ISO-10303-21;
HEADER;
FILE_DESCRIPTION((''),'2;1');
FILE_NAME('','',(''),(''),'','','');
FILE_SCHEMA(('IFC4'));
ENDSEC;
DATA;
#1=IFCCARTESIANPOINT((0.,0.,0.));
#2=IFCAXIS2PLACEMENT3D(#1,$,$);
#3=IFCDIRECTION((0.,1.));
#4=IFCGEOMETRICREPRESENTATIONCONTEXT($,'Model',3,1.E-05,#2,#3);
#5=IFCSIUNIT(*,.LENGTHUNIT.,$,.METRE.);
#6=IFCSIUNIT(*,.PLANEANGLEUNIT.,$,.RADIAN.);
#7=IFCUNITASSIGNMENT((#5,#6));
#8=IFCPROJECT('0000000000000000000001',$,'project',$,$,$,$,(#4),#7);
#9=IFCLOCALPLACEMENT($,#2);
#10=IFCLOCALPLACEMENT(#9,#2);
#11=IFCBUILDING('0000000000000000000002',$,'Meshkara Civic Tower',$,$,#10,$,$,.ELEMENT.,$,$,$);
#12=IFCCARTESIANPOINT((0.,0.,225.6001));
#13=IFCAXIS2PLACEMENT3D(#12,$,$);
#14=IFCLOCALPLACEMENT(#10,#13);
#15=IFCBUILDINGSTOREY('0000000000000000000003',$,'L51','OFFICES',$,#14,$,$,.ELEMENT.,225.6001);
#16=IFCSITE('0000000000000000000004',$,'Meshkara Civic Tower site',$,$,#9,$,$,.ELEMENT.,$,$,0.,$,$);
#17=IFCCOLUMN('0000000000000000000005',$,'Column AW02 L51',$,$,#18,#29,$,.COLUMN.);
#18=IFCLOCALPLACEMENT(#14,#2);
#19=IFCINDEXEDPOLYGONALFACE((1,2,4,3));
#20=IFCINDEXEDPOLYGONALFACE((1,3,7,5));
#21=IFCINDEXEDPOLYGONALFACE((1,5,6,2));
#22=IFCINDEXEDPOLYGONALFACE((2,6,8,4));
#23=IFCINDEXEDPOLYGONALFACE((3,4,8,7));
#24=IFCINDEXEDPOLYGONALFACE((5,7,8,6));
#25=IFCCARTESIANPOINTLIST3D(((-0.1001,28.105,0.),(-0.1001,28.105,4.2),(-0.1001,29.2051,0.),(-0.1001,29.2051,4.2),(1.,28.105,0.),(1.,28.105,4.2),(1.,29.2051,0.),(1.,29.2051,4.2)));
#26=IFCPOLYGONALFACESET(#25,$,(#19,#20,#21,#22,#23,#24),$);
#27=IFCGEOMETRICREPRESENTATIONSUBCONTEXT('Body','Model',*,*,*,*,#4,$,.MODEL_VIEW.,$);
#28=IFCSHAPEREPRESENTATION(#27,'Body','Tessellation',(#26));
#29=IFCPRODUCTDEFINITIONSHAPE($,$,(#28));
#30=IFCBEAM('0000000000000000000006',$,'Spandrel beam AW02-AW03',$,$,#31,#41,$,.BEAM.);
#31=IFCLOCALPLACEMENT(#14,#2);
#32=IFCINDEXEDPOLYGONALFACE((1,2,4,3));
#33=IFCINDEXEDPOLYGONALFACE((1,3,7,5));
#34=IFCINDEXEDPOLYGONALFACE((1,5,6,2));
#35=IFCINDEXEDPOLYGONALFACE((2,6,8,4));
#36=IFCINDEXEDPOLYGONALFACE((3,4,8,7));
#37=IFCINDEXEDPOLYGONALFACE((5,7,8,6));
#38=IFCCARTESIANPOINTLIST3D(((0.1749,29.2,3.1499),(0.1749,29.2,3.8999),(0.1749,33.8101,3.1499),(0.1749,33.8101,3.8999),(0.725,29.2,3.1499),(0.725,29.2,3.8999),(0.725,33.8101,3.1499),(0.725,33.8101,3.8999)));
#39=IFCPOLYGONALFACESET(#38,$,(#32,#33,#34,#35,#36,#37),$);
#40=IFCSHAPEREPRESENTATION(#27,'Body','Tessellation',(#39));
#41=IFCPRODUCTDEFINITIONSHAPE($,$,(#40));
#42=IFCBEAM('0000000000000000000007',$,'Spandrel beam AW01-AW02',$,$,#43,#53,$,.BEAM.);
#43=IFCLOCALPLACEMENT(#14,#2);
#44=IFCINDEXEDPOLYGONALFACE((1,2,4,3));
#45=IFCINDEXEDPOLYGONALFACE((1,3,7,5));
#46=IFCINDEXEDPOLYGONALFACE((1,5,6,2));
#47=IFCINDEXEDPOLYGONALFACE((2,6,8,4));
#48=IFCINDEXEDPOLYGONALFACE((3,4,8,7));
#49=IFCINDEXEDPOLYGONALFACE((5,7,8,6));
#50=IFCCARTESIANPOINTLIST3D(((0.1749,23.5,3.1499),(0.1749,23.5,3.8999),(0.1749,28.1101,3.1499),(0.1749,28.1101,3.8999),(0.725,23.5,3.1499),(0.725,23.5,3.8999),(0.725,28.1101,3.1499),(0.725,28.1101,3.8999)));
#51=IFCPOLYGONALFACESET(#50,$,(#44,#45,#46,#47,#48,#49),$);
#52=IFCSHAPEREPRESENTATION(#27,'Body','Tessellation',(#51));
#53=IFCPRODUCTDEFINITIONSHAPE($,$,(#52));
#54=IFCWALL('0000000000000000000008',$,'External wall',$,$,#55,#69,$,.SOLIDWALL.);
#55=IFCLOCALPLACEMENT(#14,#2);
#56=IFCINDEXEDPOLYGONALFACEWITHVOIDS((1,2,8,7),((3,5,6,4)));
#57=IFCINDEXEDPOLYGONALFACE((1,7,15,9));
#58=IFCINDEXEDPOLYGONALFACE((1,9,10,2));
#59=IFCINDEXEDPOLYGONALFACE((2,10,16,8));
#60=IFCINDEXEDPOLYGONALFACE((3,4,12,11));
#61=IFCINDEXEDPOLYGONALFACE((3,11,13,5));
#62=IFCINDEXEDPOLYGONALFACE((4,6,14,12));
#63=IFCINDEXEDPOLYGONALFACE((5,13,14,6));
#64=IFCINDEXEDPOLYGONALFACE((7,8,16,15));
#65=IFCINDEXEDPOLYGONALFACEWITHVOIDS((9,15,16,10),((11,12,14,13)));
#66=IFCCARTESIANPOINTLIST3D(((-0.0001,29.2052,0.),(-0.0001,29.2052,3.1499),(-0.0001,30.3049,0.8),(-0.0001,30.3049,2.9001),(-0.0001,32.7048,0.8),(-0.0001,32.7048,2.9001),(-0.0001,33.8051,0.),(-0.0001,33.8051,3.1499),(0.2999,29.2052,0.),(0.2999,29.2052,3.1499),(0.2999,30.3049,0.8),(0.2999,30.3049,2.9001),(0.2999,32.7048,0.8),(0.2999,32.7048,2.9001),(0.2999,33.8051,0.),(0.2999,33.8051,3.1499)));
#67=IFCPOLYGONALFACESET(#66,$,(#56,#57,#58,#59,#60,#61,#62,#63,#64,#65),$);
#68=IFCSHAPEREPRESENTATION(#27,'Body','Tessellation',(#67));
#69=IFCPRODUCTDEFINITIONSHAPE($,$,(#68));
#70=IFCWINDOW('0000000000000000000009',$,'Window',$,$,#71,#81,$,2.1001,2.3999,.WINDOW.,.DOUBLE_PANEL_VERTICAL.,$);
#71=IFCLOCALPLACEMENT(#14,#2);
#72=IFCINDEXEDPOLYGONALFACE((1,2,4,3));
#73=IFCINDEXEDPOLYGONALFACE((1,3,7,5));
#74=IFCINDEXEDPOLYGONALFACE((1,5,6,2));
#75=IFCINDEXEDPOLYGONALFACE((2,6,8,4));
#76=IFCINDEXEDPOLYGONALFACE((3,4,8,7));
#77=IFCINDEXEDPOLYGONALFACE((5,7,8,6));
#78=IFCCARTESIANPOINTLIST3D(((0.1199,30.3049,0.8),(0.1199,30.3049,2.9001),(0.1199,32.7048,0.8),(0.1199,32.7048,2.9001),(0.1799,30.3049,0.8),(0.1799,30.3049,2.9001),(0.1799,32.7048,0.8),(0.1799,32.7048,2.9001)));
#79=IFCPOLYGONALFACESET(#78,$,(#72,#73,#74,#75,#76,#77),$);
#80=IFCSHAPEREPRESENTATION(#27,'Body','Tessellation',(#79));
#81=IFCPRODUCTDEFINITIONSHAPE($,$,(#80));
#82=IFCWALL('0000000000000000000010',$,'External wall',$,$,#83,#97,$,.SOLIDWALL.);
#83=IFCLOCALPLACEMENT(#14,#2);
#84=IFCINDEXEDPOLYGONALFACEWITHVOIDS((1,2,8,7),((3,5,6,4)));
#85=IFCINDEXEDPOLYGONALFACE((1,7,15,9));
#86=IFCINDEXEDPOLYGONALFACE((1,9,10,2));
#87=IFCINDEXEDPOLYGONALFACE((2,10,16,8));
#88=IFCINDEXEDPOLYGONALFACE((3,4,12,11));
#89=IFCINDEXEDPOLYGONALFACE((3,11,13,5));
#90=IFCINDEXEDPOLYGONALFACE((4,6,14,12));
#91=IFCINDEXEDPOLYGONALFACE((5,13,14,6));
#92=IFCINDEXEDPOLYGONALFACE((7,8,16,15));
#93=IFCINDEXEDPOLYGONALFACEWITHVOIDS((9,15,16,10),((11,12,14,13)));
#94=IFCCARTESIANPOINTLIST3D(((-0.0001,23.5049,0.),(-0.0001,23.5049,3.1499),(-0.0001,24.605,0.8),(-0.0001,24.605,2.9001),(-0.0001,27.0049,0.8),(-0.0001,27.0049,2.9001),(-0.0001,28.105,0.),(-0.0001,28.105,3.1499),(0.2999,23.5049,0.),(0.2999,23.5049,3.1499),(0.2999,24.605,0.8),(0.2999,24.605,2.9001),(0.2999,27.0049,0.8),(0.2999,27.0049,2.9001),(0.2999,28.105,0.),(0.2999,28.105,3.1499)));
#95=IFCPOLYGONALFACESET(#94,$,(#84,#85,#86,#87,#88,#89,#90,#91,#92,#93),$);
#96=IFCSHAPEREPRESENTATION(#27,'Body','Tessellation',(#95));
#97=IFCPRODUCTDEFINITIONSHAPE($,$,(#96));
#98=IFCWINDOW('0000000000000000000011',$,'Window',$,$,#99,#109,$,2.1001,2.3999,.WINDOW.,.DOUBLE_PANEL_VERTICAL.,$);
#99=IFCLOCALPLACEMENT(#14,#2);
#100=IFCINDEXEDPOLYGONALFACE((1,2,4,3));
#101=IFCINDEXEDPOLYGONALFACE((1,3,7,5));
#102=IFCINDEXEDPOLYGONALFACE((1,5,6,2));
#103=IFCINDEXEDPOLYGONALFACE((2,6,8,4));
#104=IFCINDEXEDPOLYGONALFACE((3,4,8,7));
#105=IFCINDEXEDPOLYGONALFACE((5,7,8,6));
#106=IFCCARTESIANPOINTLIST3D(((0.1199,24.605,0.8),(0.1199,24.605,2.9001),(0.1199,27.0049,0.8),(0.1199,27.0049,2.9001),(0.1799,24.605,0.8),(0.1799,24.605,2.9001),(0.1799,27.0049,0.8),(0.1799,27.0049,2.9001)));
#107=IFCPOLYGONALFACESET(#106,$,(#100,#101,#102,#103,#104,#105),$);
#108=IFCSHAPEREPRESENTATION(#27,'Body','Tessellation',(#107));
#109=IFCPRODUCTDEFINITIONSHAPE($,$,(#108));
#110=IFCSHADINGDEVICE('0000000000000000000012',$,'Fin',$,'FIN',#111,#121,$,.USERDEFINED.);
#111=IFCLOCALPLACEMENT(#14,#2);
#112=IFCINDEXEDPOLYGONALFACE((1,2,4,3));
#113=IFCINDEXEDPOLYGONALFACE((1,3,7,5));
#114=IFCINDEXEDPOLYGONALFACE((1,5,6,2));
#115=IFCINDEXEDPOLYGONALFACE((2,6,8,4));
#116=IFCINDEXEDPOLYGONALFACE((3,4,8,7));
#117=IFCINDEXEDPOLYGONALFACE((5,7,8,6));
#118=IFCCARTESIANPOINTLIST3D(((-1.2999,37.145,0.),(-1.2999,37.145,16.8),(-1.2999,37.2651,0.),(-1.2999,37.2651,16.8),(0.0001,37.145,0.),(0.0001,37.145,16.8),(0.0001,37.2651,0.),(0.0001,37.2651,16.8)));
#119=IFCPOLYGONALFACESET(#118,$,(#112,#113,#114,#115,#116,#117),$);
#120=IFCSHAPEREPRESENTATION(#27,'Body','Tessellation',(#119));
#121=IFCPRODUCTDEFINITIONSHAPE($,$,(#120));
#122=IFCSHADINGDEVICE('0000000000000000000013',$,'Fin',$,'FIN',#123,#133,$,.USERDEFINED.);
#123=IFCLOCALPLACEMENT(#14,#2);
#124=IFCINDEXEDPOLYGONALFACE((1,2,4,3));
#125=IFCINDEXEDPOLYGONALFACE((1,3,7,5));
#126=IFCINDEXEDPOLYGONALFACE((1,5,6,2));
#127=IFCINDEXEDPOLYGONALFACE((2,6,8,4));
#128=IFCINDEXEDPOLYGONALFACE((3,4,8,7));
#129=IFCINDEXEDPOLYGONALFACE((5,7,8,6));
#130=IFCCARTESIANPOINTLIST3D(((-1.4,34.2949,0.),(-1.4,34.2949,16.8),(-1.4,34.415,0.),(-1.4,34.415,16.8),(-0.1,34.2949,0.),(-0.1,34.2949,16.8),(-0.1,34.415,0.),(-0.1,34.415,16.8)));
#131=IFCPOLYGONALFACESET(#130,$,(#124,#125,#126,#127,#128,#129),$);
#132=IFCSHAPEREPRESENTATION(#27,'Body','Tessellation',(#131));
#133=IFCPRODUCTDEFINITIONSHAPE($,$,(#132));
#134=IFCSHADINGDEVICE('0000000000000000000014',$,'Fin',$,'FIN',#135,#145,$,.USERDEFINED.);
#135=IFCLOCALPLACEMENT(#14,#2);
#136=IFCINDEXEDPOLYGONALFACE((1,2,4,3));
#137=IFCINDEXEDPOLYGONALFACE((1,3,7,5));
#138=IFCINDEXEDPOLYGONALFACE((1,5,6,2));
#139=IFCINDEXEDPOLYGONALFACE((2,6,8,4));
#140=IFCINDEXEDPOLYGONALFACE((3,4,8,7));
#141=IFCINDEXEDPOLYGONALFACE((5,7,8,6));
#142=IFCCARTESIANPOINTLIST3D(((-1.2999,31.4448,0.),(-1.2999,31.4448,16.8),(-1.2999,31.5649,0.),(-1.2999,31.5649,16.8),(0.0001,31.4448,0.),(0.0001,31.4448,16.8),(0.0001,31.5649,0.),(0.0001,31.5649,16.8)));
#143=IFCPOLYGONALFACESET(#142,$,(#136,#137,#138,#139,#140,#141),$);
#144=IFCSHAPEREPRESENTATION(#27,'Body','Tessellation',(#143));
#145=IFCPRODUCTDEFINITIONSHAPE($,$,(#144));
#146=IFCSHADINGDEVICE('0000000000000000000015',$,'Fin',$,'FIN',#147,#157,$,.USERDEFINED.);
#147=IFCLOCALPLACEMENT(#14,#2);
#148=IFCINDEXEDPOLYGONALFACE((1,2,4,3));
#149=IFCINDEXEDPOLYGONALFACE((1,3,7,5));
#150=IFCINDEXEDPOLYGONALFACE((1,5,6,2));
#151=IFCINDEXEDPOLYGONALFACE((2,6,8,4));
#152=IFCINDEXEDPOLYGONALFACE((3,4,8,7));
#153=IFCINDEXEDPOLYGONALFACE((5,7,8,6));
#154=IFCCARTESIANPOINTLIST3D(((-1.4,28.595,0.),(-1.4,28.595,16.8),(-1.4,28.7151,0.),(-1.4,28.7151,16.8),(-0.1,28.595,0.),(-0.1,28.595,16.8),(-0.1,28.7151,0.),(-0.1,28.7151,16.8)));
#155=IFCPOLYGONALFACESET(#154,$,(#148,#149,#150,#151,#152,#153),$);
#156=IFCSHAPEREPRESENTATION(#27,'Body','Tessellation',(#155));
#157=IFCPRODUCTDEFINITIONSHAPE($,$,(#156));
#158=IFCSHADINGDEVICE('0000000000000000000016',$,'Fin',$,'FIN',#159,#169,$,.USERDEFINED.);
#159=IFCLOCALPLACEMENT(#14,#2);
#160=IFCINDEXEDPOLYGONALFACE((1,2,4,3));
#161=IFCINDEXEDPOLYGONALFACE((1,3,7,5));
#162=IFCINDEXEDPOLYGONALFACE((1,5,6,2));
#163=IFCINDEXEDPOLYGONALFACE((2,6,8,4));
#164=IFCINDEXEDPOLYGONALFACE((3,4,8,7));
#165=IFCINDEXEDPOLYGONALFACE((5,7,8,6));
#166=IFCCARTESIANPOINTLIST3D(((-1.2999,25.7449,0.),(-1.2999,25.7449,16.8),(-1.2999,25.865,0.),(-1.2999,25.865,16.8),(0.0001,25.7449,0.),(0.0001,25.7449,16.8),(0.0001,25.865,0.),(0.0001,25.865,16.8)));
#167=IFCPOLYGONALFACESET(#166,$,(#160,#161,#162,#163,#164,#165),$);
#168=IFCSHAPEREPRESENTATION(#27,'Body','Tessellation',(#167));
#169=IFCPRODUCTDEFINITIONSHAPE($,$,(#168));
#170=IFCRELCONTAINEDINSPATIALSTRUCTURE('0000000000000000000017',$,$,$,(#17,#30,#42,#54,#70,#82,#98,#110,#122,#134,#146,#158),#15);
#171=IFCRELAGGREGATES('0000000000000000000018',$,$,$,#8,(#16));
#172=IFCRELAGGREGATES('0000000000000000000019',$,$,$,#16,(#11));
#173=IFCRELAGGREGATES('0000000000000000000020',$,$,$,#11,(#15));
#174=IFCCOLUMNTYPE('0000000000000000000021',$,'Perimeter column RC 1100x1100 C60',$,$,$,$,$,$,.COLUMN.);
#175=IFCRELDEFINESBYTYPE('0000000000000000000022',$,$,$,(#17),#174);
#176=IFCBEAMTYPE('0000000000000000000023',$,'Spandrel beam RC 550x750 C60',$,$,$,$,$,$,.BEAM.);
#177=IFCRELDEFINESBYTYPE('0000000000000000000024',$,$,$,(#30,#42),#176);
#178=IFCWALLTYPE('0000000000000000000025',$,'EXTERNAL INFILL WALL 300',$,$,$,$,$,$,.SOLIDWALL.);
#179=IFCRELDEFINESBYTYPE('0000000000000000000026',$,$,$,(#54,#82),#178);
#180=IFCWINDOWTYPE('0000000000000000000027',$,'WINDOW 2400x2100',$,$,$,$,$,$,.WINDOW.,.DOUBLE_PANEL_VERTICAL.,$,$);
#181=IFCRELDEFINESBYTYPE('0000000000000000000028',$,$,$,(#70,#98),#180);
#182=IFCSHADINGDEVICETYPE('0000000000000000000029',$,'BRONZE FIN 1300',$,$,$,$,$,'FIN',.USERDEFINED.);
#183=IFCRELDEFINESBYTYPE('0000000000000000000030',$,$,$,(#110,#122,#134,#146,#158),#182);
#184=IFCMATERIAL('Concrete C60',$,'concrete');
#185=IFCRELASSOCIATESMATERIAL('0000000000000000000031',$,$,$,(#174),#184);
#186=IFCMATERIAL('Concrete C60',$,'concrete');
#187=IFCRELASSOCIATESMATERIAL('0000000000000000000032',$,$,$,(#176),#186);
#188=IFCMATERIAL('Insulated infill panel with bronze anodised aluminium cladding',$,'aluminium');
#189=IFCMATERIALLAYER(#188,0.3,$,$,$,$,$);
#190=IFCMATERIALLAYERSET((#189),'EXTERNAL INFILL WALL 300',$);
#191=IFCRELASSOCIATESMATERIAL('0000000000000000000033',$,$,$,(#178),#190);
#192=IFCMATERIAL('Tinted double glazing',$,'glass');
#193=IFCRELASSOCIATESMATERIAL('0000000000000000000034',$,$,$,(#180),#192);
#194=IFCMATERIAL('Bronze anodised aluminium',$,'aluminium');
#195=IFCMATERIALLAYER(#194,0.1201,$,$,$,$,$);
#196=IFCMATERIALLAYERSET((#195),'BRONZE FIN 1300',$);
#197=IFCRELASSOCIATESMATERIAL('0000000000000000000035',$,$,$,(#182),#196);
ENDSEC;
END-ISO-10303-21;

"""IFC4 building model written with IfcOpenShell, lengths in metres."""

from ifc_helpers import new_model, si_unit, direction, frame, frame_2d, origin, origin_2d, place, context, subcontext, project, spatial, rectangle, extrude, material, layer, layer_set, material_profile, profile_set, type_object, element, fill, save


model = new_model("IFC4")

# Units and contexts
model_context = context("Model", 3, precision=1e-05, world=origin(), true_north=direction((0.0, 1.0)))
body_context = subcontext(model_context, "Body", "Model", "MODEL_VIEW")
ifc_project = project(units=[si_unit("LENGTHUNIT", "METRE"), si_unit("PLANEANGLEUNIT", "RADIAN")], contexts=[model_context])

# Site, building, storey
site_placement = place(None, origin())
site = spatial("IfcSite", under=ifc_project, at=site_placement, Name="Meshkara Civic Tower site", CompositionType="ELEMENT", RefElevation=0.0)
building_placement = place(site_placement, origin())
building = spatial("IfcBuilding", under=site, at=building_placement, Name="Meshkara Civic Tower", CompositionType="ELEMENT")
storey_placement = place(building_placement, frame((0.0, 0.0, 225.6001)))
storey = spatial("IfcBuildingStorey", under=building, at=storey_placement, Name="L51", Description="OFFICES", CompositionType="ELEMENT", Elevation=225.6001)

# Column
ifc_material_1 = material(Name="Concrete C60", Category="concrete")
ifc_material_profile_1 = material_profile(ifc_material_1, rectangle(XDim=1.1001, YDim=1.1001, at=origin_2d()))
ifc_profile_set_1 = profile_set([ifc_material_profile_1], Name="Concrete C60")
column_type = type_object("IfcColumnType", Name="Perimeter column RC 1100x1100 C60", PredefinedType="COLUMN", material=ifc_profile_set_1)
column_placement = place(storey_placement, frame((0.45, 28.655, 0.0), z_axis=(0.0, 0.0, 1.0), x_axis=(1.0, 0.0, 0.0)))
element("IfcColumn", 1, at=column_placement, inside=storey, type_object=column_type, Name="Column AW02 L51", PredefinedType="COLUMN", context=body_context, shape_type="SweptSolid", body=[
    extrude(rectangle(XDim=1.1001, YDim=1.1001, at=origin_2d()), origin(), (0.0, 0.0, 1.0), 4.2),
])

# Beams
ifc_material_2 = material(Name="Concrete C60", Category="concrete")
ifc_material_profile_2 = material_profile(ifc_material_2, rectangle(XDim=0.55, YDim=0.75, at=origin_2d()))
ifc_profile_set_2 = profile_set([ifc_material_profile_2], Name="Concrete C60")
beam_type = type_object("IfcBeamType", Name="Spandrel beam RC 550x750 C60", PredefinedType="BEAM", material=ifc_profile_set_2)
for number, where, z_axis, x_axis, name in (
    (2, (0.45, 33.8101, 3.5249), (0.0, -1.0, 0.0), (1.0, 0.0, 0.0), "Spandrel beam AW02-AW03"),
    (3, (0.45, 28.1101, 3.5249), (0.0, -1.0, 0.0), (1.0, 0.0, 0.0), "Spandrel beam AW01-AW02"),
):
    element("IfcBeam", number, at=place(storey_placement, frame(where, z_axis=z_axis, x_axis=x_axis)), inside=storey, type_object=beam_type, Name=name, PredefinedType="BEAM", context=body_context, shape_type="SweptSolid", body=[
        extrude(rectangle(XDim=0.55, YDim=0.75, at=origin_2d()), origin(), (0.0, 0.0, 1.0), 4.6101),
    ])

# Walls, openings, windows
ifc_material_3 = material(Name="Insulated infill panel with bronze anodised aluminium cladding", Category="aluminium")
ifc_layer_1 = layer(ifc_material_3, 0.3)
ifc_layer_set_1 = layer_set([ifc_layer_1], Name="EXTERNAL INFILL WALL 300")
wall_type = type_object("IfcWallType", Name="EXTERNAL INFILL WALL 300", PredefinedType="SOLIDWALL", material=ifc_layer_set_1)
wall_1_placement = place(storey_placement, frame((0.1499, 33.8049, 0.0), z_axis=(0.0, 0.0, 1.0), x_axis=(0.0, -1.0, 0.0)))
wall_1 = element("IfcWall", 4, at=wall_1_placement, inside=storey, type_object=wall_type, Name="External wall", PredefinedType="SOLIDWALL", context=body_context, shape_type="SweptSolid", body=[
    extrude(rectangle(XDim=4.5999, YDim=0.3, at=frame_2d((2.2998, 0.0))), origin(), (0.0, 0.0, 1.0), 3.1499),
])
opening_1_placement = place(wall_1_placement, frame((1.1001, 0.0, 0.8)))
opening_1 = element("IfcOpeningElement", 5, at=opening_1_placement, cuts=wall_1, PredefinedType="OPENING", context=body_context, shape_type="SweptSolid", body=[
    extrude(rectangle(XDim=2.3999, YDim=2.1001, at=frame_2d((1.2, 1.05))), frame((0.0, 0.1599, 0.0), z_axis=(0.0, -1.0, 0.0), x_axis=(1.0, 0.0, 0.0)), (0.0, 0.0, 1.0), 0.3201),
])
ifc_material_4 = material(Name="Tinted double glazing", Category="glass")
window_type = type_object("IfcWindowType", Name="WINDOW 2400x2100", PartitioningType="DOUBLE_PANEL_VERTICAL", PredefinedType="WINDOW", material=ifc_material_4)
window_1_placement = place(opening_1_placement, origin())
window_1 = element("IfcWindow", 6, at=window_1_placement, inside=storey, type_object=window_type, Name="Window", OverallHeight=2.1001, OverallWidth=2.3999, PartitioningType="DOUBLE_PANEL_VERTICAL", PredefinedType="WINDOW", context=body_context, shape_type="SweptSolid", body=[
    extrude(rectangle(XDim=2.3999, YDim=2.1001, at=frame_2d((1.2, 1.05))), frame((0.0, 0.03, 0.0), z_axis=(0.0, -1.0, 0.0), x_axis=(1.0, 0.0, 0.0)), (0.0, 0.0, 1.0), 0.0601),
])
fill(opening_1, window_1)
wall_2_placement = place(storey_placement, frame((0.1499, 28.105, 0.0), z_axis=(0.0, 0.0, 1.0), x_axis=(0.0, -1.0, 0.0)))
wall_2 = element("IfcWall", 7, at=wall_2_placement, inside=storey, type_object=wall_type, Name="External wall", PredefinedType="SOLIDWALL", context=body_context, shape_type="SweptSolid", body=[
    extrude(rectangle(XDim=4.6001, YDim=0.3, at=frame_2d((2.3, 0.0))), origin(), (0.0, 0.0, 1.0), 3.1499),
])
opening_2_placement = place(wall_2_placement, frame((1.1001, 0.0, 0.8)))
opening_2 = element("IfcOpeningElement", 8, at=opening_2_placement, cuts=wall_2, PredefinedType="OPENING", context=body_context, shape_type="SweptSolid", body=[
    extrude(rectangle(XDim=2.3999, YDim=2.1001, at=frame_2d((1.2, 1.05))), frame((0.0, 0.1599, 0.0), z_axis=(0.0, -1.0, 0.0), x_axis=(1.0, 0.0, 0.0)), (0.0, 0.0, 1.0), 0.3201),
])
window_2_placement = place(opening_2_placement, origin())
window_2 = element("IfcWindow", 9, at=window_2_placement, inside=storey, type_object=window_type, Name="Window", OverallHeight=2.1001, OverallWidth=2.3999, PartitioningType="DOUBLE_PANEL_VERTICAL", PredefinedType="WINDOW", context=body_context, shape_type="SweptSolid", body=[
    extrude(rectangle(XDim=2.3999, YDim=2.1001, at=frame_2d((1.2, 1.05))), frame((0.0, 0.03, 0.0), z_axis=(0.0, -1.0, 0.0), x_axis=(1.0, 0.0, 0.0)), (0.0, 0.0, 1.0), 0.0601),
])
fill(opening_2, window_2)

# Shading devices
ifc_material_5 = material(Name="Bronze anodised aluminium", Category="aluminium")
ifc_layer_2 = layer(ifc_material_5, 0.1201)
ifc_layer_set_2 = layer_set([ifc_layer_2], Name="BRONZE FIN 1300")
shading_device_type = type_object("IfcShadingDeviceType", Name="BRONZE FIN 1300", ElementType="FIN", PredefinedType="USERDEFINED", material=ifc_layer_set_2)
for number, where, z_axis, x_axis, name in (
    (10, (-0.6499, 37.2051, 0.0), (0.0, 0.0, 1.0), (0.0, -1.0, 0.0), "Fin"),
    (11, (-0.75, 34.355, 0.0), (0.0, 0.0, 1.0), (0.0, -1.0, 0.0), "Fin"),
    (12, (-0.6499, 31.5049, 0.0), (0.0, 0.0, 1.0), (0.0, -1.0, 0.0), "Fin"),
    (13, (-0.75, 28.655, 0.0), (0.0, 0.0, 1.0), (0.0, -1.0, 0.0), "Fin"),
    (14, (-0.6499, 25.8049, 0.0), (0.0, 0.0, 1.0), (0.0, -1.0, 0.0), "Fin"),
):
    element("IfcShadingDevice", number, at=place(storey_placement, frame(where, z_axis=z_axis, x_axis=x_axis)), inside=storey, type_object=shading_device_type, Name=name, ObjectType="FIN", PredefinedType="USERDEFINED", context=body_context, shape_type="SweptSolid", body=[
        extrude(rectangle(XDim=0.1201, YDim=1.3, at=origin_2d()), origin(), (0.0, 0.0, 1.0), 16.8),
    ])

save(model, "model.ifc")
